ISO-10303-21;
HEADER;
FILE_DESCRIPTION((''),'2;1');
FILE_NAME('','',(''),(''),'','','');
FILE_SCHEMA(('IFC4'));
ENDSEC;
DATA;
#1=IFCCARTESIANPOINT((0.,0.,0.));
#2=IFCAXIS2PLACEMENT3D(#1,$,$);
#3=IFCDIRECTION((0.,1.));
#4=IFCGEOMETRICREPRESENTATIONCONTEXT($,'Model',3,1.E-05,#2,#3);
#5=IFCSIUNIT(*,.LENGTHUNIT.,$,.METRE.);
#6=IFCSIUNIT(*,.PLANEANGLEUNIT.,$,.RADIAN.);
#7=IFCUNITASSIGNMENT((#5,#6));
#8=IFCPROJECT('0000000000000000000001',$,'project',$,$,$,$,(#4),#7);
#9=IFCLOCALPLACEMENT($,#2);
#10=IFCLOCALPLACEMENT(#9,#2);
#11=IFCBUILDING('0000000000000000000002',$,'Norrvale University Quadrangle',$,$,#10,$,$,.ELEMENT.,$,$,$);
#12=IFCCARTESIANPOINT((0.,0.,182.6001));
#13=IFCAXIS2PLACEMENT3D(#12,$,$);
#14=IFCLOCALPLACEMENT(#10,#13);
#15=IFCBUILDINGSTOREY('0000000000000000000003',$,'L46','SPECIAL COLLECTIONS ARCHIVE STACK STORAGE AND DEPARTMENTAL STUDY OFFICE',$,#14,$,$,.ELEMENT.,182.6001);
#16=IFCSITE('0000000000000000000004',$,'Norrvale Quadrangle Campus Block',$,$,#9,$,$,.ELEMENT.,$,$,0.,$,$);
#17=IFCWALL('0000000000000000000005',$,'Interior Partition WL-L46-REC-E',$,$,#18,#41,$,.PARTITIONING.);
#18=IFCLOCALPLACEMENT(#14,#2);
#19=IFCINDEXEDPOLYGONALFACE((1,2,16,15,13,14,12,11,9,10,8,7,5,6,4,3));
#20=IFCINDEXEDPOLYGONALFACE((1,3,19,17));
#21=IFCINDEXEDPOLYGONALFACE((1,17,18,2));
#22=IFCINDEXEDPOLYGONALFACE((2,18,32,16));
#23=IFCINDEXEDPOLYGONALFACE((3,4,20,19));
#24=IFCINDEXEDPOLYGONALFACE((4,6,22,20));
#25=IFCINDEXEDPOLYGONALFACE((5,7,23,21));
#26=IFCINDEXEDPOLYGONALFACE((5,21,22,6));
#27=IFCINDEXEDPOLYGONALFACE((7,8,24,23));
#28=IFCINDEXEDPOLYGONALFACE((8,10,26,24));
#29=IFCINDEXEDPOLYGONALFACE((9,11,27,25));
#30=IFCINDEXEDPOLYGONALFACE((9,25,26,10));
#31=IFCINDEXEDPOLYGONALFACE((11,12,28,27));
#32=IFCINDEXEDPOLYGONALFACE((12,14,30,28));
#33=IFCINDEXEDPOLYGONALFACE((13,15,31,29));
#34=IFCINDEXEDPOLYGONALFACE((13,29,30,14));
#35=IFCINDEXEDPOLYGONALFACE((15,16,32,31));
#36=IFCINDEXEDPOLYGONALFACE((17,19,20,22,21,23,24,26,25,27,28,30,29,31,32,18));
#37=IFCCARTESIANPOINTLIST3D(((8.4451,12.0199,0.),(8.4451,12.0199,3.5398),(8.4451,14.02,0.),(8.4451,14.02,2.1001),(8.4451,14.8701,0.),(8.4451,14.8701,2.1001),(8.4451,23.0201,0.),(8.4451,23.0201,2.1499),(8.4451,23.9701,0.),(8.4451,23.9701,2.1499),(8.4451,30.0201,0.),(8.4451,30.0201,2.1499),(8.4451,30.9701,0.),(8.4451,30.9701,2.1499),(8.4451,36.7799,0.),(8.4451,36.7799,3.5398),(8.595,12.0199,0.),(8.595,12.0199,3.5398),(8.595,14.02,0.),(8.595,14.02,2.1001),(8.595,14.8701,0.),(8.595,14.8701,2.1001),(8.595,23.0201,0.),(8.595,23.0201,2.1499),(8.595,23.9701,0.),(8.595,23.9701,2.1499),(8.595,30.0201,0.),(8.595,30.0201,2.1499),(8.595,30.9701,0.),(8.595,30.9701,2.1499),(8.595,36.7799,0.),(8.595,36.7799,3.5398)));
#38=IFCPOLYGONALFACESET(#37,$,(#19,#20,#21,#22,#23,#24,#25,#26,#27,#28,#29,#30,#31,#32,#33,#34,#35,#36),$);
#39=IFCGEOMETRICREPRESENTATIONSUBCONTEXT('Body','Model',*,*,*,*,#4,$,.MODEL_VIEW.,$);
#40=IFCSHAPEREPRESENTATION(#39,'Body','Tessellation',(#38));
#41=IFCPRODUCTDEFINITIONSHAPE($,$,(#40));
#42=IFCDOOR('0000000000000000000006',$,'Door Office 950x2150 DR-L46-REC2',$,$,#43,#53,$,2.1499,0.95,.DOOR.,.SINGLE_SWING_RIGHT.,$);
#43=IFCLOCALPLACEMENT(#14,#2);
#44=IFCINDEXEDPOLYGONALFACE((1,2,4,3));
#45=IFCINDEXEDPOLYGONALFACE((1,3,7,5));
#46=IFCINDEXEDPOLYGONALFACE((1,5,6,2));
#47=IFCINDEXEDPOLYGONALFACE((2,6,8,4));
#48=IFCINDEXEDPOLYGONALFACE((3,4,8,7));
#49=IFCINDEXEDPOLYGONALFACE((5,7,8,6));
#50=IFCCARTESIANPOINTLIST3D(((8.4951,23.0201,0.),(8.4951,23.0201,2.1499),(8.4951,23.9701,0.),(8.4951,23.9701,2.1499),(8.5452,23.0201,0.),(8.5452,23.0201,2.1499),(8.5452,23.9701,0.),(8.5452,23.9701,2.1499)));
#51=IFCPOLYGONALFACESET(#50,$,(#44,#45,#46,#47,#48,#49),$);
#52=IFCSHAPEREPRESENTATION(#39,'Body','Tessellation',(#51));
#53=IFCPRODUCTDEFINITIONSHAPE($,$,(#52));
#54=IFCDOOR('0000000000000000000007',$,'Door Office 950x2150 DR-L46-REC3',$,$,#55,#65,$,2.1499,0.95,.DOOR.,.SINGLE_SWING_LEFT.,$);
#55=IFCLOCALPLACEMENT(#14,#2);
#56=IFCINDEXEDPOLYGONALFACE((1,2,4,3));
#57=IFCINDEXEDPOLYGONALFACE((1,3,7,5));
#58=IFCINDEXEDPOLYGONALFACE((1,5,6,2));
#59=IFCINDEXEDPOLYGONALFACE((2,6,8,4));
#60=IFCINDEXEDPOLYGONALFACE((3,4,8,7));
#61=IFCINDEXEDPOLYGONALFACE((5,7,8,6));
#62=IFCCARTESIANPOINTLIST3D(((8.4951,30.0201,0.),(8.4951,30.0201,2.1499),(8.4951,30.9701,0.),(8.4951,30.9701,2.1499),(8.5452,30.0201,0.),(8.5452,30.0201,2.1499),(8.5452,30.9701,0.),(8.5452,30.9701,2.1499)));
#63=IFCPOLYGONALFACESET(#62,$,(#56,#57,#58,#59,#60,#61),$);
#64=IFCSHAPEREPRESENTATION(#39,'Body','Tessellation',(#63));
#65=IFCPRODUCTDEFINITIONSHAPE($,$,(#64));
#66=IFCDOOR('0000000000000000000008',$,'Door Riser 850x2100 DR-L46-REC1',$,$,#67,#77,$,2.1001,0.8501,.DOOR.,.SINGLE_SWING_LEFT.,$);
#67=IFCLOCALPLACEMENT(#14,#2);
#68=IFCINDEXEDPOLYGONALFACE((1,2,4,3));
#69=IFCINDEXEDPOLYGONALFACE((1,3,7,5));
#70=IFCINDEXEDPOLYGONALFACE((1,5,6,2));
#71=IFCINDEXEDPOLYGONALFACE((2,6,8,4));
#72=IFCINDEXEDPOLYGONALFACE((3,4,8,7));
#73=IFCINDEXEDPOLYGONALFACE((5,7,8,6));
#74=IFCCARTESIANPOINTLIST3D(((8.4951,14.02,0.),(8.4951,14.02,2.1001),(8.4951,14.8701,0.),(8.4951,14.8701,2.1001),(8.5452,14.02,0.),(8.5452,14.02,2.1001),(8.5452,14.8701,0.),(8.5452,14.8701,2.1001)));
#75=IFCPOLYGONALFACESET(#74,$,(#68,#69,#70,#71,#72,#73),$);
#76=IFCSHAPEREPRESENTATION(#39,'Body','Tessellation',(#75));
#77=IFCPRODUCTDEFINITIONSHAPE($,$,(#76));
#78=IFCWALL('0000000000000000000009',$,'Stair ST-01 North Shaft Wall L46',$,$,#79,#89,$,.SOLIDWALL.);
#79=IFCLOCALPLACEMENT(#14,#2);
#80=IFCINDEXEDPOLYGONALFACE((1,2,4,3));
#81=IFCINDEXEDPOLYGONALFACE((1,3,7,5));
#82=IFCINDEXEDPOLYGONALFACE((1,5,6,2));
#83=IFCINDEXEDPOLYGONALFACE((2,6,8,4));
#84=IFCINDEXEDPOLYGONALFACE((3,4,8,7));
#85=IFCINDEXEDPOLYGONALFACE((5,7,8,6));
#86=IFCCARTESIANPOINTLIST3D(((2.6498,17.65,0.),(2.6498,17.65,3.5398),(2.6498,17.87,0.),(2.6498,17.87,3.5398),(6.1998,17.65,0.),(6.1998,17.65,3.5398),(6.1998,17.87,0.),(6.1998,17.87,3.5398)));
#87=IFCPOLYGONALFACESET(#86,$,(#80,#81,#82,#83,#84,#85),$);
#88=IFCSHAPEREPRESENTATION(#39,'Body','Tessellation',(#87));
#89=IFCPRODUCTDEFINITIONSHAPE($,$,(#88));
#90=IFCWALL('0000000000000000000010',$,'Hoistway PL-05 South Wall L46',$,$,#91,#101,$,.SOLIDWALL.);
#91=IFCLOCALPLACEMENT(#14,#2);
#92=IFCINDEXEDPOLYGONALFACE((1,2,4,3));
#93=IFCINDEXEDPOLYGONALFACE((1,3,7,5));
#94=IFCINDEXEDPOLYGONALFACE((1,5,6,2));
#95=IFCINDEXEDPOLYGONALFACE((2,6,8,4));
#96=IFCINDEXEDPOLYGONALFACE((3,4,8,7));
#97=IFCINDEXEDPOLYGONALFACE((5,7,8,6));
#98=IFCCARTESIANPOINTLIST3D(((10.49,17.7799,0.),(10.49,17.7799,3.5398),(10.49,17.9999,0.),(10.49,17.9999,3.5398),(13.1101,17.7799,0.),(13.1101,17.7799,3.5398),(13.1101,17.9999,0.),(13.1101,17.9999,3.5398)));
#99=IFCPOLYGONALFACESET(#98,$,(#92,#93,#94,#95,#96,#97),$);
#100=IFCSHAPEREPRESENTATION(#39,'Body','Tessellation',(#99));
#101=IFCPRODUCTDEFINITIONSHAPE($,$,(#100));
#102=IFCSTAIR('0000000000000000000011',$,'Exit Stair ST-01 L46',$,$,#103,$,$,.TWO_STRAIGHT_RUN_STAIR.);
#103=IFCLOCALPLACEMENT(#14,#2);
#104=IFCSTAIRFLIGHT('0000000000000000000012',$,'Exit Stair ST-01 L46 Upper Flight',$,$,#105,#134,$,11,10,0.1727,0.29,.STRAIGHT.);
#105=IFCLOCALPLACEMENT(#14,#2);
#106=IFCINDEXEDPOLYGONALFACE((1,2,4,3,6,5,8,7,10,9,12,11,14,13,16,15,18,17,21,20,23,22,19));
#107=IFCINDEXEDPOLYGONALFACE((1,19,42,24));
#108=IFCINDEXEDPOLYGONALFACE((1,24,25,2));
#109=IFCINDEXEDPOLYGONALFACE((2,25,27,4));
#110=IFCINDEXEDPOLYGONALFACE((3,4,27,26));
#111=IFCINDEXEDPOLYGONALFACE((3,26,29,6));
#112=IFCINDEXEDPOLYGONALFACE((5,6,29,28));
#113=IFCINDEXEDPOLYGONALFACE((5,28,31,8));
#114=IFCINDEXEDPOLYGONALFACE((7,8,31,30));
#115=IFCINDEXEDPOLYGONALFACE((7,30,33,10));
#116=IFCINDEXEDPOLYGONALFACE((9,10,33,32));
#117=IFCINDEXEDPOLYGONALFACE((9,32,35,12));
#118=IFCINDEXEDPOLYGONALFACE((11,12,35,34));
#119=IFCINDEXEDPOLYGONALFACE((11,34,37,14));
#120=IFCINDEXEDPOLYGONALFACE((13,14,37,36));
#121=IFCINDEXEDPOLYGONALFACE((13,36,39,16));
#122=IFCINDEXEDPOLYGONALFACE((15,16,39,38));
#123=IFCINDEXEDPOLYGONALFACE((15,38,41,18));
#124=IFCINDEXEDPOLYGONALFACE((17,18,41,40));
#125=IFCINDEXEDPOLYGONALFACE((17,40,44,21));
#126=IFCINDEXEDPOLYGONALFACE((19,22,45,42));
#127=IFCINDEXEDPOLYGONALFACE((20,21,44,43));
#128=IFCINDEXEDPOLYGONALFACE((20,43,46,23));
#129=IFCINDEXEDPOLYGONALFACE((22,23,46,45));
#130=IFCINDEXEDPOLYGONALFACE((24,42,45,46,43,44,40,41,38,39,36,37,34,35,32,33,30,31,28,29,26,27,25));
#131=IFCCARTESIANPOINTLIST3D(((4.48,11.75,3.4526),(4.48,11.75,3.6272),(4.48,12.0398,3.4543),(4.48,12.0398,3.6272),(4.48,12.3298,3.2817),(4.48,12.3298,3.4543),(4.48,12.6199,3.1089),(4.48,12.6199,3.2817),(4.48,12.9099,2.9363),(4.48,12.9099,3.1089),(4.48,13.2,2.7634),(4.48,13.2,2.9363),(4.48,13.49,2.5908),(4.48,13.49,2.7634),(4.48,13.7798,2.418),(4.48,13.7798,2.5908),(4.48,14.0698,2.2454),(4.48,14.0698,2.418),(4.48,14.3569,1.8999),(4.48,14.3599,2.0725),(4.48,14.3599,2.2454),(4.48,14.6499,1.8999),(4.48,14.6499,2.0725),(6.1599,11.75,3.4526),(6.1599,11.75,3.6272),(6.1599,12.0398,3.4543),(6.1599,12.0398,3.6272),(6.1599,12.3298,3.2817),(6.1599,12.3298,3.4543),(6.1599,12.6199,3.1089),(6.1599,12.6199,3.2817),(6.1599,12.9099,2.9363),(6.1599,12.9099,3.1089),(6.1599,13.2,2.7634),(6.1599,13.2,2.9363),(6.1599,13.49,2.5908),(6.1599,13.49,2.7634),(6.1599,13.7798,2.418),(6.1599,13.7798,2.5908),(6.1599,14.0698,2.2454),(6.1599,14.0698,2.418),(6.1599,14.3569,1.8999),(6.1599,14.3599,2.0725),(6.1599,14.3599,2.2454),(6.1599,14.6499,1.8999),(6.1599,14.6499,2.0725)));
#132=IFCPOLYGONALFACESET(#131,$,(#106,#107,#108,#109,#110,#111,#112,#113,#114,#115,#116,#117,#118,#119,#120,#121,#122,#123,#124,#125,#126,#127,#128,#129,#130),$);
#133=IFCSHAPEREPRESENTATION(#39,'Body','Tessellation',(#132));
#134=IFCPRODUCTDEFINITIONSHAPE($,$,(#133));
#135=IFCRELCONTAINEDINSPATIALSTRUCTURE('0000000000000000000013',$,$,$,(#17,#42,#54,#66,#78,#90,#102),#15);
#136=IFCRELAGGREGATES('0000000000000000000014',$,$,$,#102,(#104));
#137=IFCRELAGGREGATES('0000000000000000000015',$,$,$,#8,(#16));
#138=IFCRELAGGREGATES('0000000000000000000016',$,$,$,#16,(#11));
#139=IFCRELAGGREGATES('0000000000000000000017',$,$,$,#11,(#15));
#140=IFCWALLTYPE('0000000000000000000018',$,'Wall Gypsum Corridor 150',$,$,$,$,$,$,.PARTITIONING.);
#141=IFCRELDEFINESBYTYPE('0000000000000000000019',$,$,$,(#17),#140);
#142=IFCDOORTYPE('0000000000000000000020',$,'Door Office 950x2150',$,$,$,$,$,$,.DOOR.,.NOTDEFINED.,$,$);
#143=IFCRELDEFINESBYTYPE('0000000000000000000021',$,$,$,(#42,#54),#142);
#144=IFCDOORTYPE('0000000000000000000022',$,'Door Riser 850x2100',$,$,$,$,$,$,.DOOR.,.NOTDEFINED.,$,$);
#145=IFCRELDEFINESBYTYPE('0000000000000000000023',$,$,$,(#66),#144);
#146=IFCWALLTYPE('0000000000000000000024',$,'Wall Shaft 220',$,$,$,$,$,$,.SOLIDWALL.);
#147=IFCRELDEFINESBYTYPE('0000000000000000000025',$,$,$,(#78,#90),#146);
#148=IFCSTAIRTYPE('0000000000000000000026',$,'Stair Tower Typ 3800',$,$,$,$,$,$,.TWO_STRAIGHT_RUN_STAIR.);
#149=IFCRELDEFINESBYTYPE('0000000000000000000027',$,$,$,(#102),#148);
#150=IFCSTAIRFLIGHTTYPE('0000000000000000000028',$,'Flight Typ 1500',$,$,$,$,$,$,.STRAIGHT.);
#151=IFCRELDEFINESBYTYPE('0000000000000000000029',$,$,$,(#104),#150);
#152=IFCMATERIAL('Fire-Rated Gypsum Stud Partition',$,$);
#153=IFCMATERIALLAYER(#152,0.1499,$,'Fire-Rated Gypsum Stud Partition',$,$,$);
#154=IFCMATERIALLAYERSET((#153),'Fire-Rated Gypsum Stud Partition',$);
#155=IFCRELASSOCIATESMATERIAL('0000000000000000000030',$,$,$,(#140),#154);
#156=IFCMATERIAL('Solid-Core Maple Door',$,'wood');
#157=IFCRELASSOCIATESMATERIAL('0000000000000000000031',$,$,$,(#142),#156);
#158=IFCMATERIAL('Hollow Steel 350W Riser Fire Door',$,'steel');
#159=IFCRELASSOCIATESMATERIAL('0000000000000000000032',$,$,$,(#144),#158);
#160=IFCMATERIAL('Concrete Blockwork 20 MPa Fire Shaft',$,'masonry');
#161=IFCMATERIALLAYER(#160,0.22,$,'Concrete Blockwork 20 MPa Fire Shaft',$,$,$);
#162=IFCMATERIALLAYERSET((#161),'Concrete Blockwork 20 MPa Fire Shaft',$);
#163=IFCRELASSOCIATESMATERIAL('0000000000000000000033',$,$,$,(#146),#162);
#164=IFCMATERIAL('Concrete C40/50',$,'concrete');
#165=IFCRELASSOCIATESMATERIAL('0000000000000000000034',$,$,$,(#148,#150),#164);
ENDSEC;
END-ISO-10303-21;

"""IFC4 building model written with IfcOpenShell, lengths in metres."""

from ifc_helpers import new_model, si_unit, direction, frame, frame_2d, origin, place, context, subcontext, project, spatial, polyline, rectangle, outline, extrude, material, layer, layer_set, type_object, element, fill, aggregate, save


model = new_model("IFC4")

# Units and contexts
model_context = context("Model", 3, precision=1e-05, world=origin(), true_north=direction((0.0, 1.0)))
body_context = subcontext(model_context, "Body", "Model", "MODEL_VIEW")
ifc_project = project(units=[si_unit("LENGTHUNIT", "METRE"), si_unit("PLANEANGLEUNIT", "RADIAN")], contexts=[model_context])

# Site, building, storey
site_placement = place(None, origin())
site = spatial("IfcSite", under=ifc_project, at=site_placement, Name="Norrvale Quadrangle Campus Block", CompositionType="ELEMENT", RefElevation=0.0)
building_placement = place(site_placement, origin())
building = spatial("IfcBuilding", under=site, at=building_placement, Name="Norrvale University Quadrangle", CompositionType="ELEMENT")
storey_placement = place(building_placement, frame((0.0, 0.0, 182.6001)))
storey = spatial("IfcBuildingStorey", under=building, at=storey_placement, Name="L46", Description="SPECIAL COLLECTIONS ARCHIVE STACK STORAGE AND DEPARTMENTAL STUDY OFFICE", CompositionType="ELEMENT", Elevation=182.6001)

# Shared definitions
ifc_material_1 = material(Name="Fire-Rated Gypsum Stud Partition")
ifc_layer_1 = layer(ifc_material_1, 0.1499, Name="Fire-Rated Gypsum Stud Partition")
ifc_layer_set_1 = layer_set([ifc_layer_1], Name="Fire-Rated Gypsum Stud Partition")
wall_type_1 = type_object("IfcWallType", Name="Wall Gypsum Corridor 150", PredefinedType="PARTITIONING", material=ifc_layer_set_1)

# Wall, openings, doors
wall_1_placement = place(storey_placement, frame((8.52, 12.02, 0.0), z_axis=(0.0, 0.0, 1.0), x_axis=(0.0, 1.0, 0.0)))
wall_1 = element("IfcWall", 1, at=wall_1_placement, inside=storey, type_object=wall_type_1, Name="Interior Partition WL-L46-REC-E", PredefinedType="PARTITIONING", context=body_context, shape_type="SweptSolid", body=[
    extrude(rectangle(XDim=24.76, YDim=0.1499, at=frame_2d((12.3799, 0.0))), origin(), (0.0, 0.0, 1.0), 3.5398),
])
opening_1_placement = place(wall_1_placement, frame((2.0, 0.0, 0.0)))
opening_1 = element("IfcOpeningElement", 2, at=opening_1_placement, cuts=wall_1, PredefinedType="OPENING", context=body_context, shape_type="SweptSolid", body=[
    extrude(rectangle(XDim=0.8501, YDim=2.1001, at=frame_2d((0.425, 1.05))), frame((0.0, 0.0869, 0.0), z_axis=(0.0, -1.0, 0.0), x_axis=(1.0, 0.0, 0.0)), (0.0, 0.0, 1.0), 0.1738),
])
opening_2_placement = place(wall_1_placement, frame((11.0, 0.0, 0.0)))
opening_2 = element("IfcOpeningElement", 3, at=opening_2_placement, cuts=wall_1, PredefinedType="OPENING", context=body_context, shape_type="SweptSolid", body=[
    extrude(rectangle(XDim=0.95, YDim=2.1499, at=frame_2d((0.4751, 1.075))), frame((0.0, 0.0869, 0.0), z_axis=(0.0, -1.0, 0.0), x_axis=(1.0, 0.0, 0.0)), (0.0, 0.0, 1.0), 0.1738),
])
opening_3_placement = place(wall_1_placement, frame((18.0, 0.0, 0.0)))
opening_3 = element("IfcOpeningElement", 4, at=opening_3_placement, cuts=wall_1, PredefinedType="OPENING", context=body_context, shape_type="SweptSolid", body=[
    extrude(rectangle(XDim=0.95, YDim=2.1499, at=frame_2d((0.4751, 1.075))), frame((0.0, 0.0869, 0.0), z_axis=(0.0, -1.0, 0.0), x_axis=(1.0, 0.0, 0.0)), (0.0, 0.0, 1.0), 0.1738),
])
ifc_material_2 = material(Name="Solid-Core Maple Door", Category="wood")
door_type_1 = type_object("IfcDoorType", Name="Door Office 950x2150", OperationType="NOTDEFINED", PredefinedType="DOOR", material=ifc_material_2)
door_1_placement = place(opening_2_placement, origin())
door_1 = element("IfcDoor", 5, at=door_1_placement, inside=storey, type_object=door_type_1, Name="Door Office 950x2150 DR-L46-REC2", OperationType="SINGLE_SWING_RIGHT", OverallHeight=2.1499, OverallWidth=0.95, PredefinedType="DOOR", context=body_context, shape_type="SweptSolid", body=[
    extrude(rectangle(XDim=0.95, YDim=2.1499, at=frame_2d((0.4751, 1.075))), frame((0.0, 0.0249, 0.0), z_axis=(0.0, -1.0, 0.0), x_axis=(1.0, 0.0, 0.0)), (0.0, 0.0, 1.0), 0.05),
])
fill(opening_2, door_1)
door_2_placement = place(opening_3_placement, origin())
door_2 = element("IfcDoor", 6, at=door_2_placement, inside=storey, type_object=door_type_1, Name="Door Office 950x2150 DR-L46-REC3", OperationType="SINGLE_SWING_LEFT", OverallHeight=2.1499, OverallWidth=0.95, PredefinedType="DOOR", context=body_context, shape_type="SweptSolid", body=[
    extrude(rectangle(XDim=0.95, YDim=2.1499, at=frame_2d((0.4751, 1.075))), frame((0.0, 0.0249, 0.0), z_axis=(0.0, -1.0, 0.0), x_axis=(1.0, 0.0, 0.0)), (0.0, 0.0, 1.0), 0.05),
])
fill(opening_3, door_2)
ifc_material_3 = material(Name="Hollow Steel 350W Riser Fire Door", Category="steel")
door_type_2 = type_object("IfcDoorType", Name="Door Riser 850x2100", OperationType="NOTDEFINED", PredefinedType="DOOR", material=ifc_material_3)
door_3_placement = place(opening_1_placement, origin())
door_3 = element("IfcDoor", 7, at=door_3_placement, inside=storey, type_object=door_type_2, Name="Door Riser 850x2100 DR-L46-REC1", OperationType="SINGLE_SWING_LEFT", OverallHeight=2.1001, OverallWidth=0.8501, PredefinedType="DOOR", context=body_context, shape_type="SweptSolid", body=[
    extrude(rectangle(XDim=0.8501, YDim=2.1001, at=frame_2d((0.425, 1.05))), frame((0.0, 0.0249, 0.0), z_axis=(0.0, -1.0, 0.0), x_axis=(1.0, 0.0, 0.0)), (0.0, 0.0, 1.0), 0.05),
])
fill(opening_1, door_3)

# Walls
ifc_material_4 = material(Name="Concrete Blockwork 20 MPa Fire Shaft", Category="masonry")
ifc_layer_2 = layer(ifc_material_4, 0.22, Name="Concrete Blockwork 20 MPa Fire Shaft")
ifc_layer_set_2 = layer_set([ifc_layer_2], Name="Concrete Blockwork 20 MPa Fire Shaft")
wall_type_2 = type_object("IfcWallType", Name="Wall Shaft 220", PredefinedType="SOLIDWALL", material=ifc_layer_set_2)
wall_2_placement = place(storey_placement, frame((2.6499, 17.76, 0.0), z_axis=(0.0, 0.0, 1.0), x_axis=(1.0, 0.0, 0.0)))
element("IfcWall", 8, at=wall_2_placement, inside=storey, type_object=wall_type_2, Name="Stair ST-01 North Shaft Wall L46", PredefinedType="SOLIDWALL", context=body_context, shape_type="SweptSolid", body=[
    extrude(rectangle(XDim=3.55, YDim=0.22, at=frame_2d((1.7749, 0.0))), origin(), (0.0, 0.0, 1.0), 3.5398),
])
wall_3_placement = place(storey_placement, frame((10.49, 17.8899, 0.0), z_axis=(0.0, 0.0, 1.0), x_axis=(1.0, 0.0, 0.0)))
element("IfcWall", 9, at=wall_3_placement, inside=storey, type_object=wall_type_2, Name="Hoistway PL-05 South Wall L46", PredefinedType="SOLIDWALL", context=body_context, shape_type="SweptSolid", body=[
    extrude(rectangle(XDim=2.6201, YDim=0.22, at=frame_2d((1.3101, 0.0))), origin(), (0.0, 0.0, 1.0), 3.5398),
])

# Stair, stair flight
ifc_material_5 = material(Name="Concrete C40/50", Category="concrete")
stair_type = type_object("IfcStairType", Name="Stair Tower Typ 3800", PredefinedType="TWO_STRAIGHT_RUN_STAIR", material=ifc_material_5)
stair_placement = place(storey_placement, origin())
stair = element("IfcStair", 10, at=stair_placement, inside=storey, type_object=stair_type, Name="Exit Stair ST-01 L46", PredefinedType="TWO_STRAIGHT_RUN_STAIR")
stair_flight_type = type_object("IfcStairFlightType", Name="Flight Typ 1500", PredefinedType="STRAIGHT", material=ifc_material_5)
stair_flight_placement = place(storey_placement, frame((5.3201, 14.6499, 1.8999), z_axis=(0.0, 0.0, 1.0), x_axis=(0.0, -1.0, 0.0)))
stair_flight = element("IfcStairFlight", 11, at=stair_flight_placement, type_object=stair_flight_type, Name="Exit Stair ST-01 L46 Upper Flight", NumberOfRisers=11, NumberOfTreads=10, PredefinedType="STRAIGHT", RiserHeight=0.1727, TreadLength=0.29, context=body_context, shape_type="SweptSolid", body=[
    extrude(outline(polyline([(0.0, 0.0), (0.0, 0.1726), (0.29, 0.1726), (0.29, 0.3455), (0.5801, 0.3455), (0.5801, 0.5181), (0.8701, 0.5181), (0.8701, 0.6909), (1.1599, 0.6909), (1.1599, 0.8635), (1.45, 0.8635), (1.45, 1.0364), (1.74, 1.0364), (1.74, 1.209), (2.03, 1.209), (2.03, 1.3818), (2.3201, 1.3818), (2.3201, 1.5544), (2.6101, 1.5544), (2.6101, 1.7273), (2.8999, 1.7273), (2.8999, 1.8999), (2.8999, 1.5527), (0.293, 0.0), (0.0, 0.0)])), frame((0.0, 0.8398, 0.0), z_axis=(0.0, -1.0, 0.0), x_axis=(1.0, 0.0, 0.0)), (0.0, 0.0, 1.0), 1.6799),
])
aggregate(stair, [stair_flight])

save(model, "model.ifc")
